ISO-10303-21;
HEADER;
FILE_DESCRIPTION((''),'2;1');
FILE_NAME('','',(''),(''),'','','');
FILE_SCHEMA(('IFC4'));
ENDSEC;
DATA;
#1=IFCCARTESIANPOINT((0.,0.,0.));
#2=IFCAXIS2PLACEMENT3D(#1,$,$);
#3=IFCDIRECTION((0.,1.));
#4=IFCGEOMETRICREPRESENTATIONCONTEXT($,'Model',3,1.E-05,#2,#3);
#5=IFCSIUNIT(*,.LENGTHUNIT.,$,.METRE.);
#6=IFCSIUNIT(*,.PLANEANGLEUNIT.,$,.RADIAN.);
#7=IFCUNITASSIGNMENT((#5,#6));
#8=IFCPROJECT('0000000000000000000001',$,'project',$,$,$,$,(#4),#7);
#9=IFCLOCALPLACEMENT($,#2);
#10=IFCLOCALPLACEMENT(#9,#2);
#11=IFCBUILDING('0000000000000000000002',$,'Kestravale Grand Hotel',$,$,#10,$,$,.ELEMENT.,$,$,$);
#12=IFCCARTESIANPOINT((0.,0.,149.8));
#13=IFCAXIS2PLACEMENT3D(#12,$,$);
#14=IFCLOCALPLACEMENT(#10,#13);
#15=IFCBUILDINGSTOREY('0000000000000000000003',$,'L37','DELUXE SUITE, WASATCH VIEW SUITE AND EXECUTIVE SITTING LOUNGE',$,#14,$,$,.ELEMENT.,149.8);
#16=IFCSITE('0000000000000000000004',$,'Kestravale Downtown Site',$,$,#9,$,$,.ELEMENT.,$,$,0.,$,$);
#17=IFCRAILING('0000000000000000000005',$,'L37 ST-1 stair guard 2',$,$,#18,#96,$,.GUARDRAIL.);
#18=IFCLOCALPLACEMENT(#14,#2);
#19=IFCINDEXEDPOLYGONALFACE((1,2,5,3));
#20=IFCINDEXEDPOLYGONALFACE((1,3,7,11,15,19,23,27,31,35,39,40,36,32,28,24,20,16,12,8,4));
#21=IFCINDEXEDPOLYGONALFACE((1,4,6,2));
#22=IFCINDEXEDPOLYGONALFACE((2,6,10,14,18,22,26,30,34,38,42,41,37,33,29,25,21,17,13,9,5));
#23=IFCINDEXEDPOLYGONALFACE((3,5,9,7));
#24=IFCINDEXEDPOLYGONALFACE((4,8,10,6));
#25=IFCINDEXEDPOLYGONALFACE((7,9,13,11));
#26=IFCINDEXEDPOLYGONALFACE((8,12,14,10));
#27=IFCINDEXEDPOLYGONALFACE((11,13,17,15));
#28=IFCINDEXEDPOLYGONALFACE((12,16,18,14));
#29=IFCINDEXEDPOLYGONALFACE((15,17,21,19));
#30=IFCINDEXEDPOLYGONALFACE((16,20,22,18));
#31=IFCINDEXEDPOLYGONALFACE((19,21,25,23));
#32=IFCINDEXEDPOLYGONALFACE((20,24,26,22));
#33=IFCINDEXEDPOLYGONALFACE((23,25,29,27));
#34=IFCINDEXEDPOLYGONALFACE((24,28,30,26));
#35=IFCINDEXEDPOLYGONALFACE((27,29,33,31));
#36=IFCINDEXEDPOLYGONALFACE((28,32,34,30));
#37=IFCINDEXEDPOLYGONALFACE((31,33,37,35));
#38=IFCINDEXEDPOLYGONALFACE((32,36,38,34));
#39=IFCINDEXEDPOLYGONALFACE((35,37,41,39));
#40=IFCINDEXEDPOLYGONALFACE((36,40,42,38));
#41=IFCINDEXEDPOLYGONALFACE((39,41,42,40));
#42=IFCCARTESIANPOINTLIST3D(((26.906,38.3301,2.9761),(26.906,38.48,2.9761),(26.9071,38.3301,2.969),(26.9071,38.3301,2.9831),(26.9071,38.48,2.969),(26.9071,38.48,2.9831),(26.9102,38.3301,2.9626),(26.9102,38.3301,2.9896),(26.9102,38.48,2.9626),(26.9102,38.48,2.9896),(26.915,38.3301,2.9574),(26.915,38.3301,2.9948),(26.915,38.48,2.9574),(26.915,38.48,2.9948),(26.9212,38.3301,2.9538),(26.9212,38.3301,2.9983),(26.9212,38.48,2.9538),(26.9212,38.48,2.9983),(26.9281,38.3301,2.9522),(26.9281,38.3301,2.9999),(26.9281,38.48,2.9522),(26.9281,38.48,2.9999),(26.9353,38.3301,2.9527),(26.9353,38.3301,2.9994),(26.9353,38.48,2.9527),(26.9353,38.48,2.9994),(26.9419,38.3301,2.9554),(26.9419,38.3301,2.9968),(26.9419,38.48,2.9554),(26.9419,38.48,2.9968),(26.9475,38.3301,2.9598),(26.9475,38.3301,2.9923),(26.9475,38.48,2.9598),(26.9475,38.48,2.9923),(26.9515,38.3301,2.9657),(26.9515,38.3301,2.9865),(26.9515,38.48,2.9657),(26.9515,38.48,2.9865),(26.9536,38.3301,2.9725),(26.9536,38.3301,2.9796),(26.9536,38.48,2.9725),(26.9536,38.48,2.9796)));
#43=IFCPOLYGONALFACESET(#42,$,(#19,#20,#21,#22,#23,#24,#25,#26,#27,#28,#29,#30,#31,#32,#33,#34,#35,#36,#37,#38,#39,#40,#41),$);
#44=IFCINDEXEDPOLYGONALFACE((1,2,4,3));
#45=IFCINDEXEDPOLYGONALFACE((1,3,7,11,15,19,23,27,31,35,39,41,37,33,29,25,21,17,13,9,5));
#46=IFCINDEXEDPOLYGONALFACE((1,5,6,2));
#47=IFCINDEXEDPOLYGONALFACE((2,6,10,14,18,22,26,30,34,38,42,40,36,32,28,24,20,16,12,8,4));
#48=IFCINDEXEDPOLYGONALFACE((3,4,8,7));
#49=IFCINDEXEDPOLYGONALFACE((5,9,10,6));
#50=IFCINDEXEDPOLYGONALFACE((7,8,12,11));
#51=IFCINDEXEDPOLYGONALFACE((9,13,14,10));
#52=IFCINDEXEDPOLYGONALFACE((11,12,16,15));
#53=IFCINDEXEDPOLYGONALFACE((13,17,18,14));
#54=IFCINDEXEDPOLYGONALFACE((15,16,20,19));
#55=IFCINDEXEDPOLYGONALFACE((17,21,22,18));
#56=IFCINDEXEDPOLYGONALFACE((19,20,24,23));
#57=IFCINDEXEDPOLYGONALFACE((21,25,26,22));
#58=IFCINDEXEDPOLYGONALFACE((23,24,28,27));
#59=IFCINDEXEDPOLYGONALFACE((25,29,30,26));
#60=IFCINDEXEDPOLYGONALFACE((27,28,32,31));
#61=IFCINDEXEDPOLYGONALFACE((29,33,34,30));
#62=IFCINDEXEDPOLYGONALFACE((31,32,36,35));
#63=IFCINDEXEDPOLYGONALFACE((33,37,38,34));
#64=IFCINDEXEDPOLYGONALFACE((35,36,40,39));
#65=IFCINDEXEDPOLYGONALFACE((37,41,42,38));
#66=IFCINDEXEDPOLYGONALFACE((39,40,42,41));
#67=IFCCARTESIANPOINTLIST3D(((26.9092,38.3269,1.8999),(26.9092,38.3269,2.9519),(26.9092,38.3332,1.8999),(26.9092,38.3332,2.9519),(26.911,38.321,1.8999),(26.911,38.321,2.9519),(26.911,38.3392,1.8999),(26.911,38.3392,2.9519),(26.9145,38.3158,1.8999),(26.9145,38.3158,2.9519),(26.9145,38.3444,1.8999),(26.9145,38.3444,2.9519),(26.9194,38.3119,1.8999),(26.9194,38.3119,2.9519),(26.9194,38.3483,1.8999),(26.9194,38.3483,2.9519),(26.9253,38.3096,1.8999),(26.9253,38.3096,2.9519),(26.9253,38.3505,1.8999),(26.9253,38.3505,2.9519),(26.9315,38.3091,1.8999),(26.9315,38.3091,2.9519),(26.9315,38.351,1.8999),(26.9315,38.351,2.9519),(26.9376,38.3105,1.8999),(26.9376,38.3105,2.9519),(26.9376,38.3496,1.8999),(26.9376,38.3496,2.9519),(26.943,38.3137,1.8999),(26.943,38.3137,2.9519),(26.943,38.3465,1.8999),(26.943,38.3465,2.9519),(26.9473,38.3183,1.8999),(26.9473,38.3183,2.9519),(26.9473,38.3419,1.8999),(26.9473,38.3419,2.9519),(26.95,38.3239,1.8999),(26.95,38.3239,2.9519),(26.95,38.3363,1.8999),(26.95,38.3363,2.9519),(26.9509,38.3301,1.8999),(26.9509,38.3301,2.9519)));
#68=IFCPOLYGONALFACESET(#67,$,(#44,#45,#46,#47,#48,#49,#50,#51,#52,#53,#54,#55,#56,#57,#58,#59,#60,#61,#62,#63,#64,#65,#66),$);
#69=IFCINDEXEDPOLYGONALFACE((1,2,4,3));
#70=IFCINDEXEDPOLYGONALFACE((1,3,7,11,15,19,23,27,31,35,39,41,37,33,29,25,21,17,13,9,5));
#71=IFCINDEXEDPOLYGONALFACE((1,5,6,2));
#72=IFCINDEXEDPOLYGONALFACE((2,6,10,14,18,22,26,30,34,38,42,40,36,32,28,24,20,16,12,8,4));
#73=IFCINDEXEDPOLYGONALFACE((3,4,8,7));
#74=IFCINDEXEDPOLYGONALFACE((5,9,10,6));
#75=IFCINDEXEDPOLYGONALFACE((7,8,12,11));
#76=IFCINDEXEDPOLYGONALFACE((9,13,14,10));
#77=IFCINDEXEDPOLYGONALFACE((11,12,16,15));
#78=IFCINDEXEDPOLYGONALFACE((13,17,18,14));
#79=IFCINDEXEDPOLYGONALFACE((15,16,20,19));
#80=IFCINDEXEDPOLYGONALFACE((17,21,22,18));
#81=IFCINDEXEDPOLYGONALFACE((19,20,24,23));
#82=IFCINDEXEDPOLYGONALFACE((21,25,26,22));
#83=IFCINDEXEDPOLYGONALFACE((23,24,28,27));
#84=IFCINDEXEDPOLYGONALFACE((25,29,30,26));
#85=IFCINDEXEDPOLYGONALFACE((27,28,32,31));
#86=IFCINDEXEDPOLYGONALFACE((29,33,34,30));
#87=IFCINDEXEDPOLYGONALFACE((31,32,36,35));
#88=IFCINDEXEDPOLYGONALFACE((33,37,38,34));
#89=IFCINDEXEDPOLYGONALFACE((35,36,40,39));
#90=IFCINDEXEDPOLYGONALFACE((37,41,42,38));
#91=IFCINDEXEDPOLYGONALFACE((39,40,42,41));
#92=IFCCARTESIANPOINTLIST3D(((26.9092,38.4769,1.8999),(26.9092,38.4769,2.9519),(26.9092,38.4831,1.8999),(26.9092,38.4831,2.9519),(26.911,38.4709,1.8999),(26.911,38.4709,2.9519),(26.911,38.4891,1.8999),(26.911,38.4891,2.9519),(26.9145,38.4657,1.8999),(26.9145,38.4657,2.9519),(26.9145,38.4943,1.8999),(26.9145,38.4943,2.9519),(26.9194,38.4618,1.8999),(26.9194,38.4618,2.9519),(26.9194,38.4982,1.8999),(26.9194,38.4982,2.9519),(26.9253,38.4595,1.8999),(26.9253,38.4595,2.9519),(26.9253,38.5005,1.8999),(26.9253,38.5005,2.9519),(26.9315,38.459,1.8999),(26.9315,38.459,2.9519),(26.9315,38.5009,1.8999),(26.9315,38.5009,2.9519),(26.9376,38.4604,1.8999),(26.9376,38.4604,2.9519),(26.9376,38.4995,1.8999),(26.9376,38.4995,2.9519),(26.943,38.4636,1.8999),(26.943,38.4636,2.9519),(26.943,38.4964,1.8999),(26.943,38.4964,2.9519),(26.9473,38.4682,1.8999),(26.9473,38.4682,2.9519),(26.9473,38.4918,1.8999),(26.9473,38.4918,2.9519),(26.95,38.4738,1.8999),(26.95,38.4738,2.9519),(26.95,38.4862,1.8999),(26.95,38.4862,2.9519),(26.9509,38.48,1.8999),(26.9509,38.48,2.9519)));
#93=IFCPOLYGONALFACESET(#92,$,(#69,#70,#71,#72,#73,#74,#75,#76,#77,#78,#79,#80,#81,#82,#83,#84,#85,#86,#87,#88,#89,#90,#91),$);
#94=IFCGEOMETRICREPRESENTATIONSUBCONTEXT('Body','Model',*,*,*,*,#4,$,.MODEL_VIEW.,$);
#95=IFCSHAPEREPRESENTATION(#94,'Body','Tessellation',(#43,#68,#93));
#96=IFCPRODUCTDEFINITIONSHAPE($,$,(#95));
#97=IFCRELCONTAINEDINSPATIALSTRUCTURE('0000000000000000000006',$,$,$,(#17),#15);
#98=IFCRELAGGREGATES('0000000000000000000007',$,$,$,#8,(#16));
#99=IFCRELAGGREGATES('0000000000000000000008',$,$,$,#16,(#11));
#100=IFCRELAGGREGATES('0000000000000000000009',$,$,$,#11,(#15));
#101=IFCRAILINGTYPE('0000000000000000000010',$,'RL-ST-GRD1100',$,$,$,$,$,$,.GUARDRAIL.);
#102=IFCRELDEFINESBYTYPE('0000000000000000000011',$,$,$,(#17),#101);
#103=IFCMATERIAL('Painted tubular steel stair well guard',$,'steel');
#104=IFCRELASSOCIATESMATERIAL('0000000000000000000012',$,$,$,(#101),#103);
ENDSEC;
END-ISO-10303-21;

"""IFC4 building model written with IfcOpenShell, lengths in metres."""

from ifc_helpers import new_model, si_unit, direction, frame, origin, origin_2d, place, context, subcontext, project, spatial, circle, extrude, material, type_object, element, save


model = new_model("IFC4")

# Units and contexts
model_context = context("Model", 3, precision=1e-05, world=origin(), true_north=direction((0.0, 1.0)))
body_context = subcontext(model_context, "Body", "Model", "MODEL_VIEW")
ifc_project = project(units=[si_unit("LENGTHUNIT", "METRE"), si_unit("PLANEANGLEUNIT", "RADIAN")], contexts=[model_context])

# Site, building, storey
site_placement = place(None, origin())
site = spatial("IfcSite", under=ifc_project, at=site_placement, Name="Kestravale Downtown Site", CompositionType="ELEMENT", RefElevation=0.0)
building_placement = place(site_placement, origin())
building = spatial("IfcBuilding", under=site, at=building_placement, Name="Kestravale Grand Hotel", CompositionType="ELEMENT")
storey_placement = place(building_placement, frame((0.0, 0.0, 149.8)))
storey = spatial("IfcBuildingStorey", under=building, at=storey_placement, Name="L37", Description="DELUXE SUITE, WASATCH VIEW SUITE AND EXECUTIVE SITTING LOUNGE", CompositionType="ELEMENT", Elevation=149.8)

# Railing
ifc_material_1 = material(Name="Painted tubular steel stair well guard", Category="steel")
railing_type_1 = type_object("IfcRailingType", Name="RL-ST-GRD1100", PredefinedType="GUARDRAIL", material=ifc_material_1)
railing_1_placement = place(storey_placement, frame((26.9299, 38.3301, 1.8999)))
element("IfcRailing", 1, at=railing_1_placement, inside=storey, type_object=railing_type_1, Name="L37 ST-1 stair guard 2", PredefinedType="GUARDRAIL", context=body_context, shape_type="SweptSolid", body=[
    extrude(circle(Radius=0.0239, at=origin_2d()), frame((0.0, 0.0, 1.0762), z_axis=(0.0, 1.0, 0.0), x_axis=(-1.0, 0.0, 0.0)), (0.0, 0.0, 1.0), 0.1499),
    extrude(circle(Radius=0.021, at=origin_2d()), origin(), (0.0, 0.0, 1.0), 1.052),
    extrude(circle(Radius=0.021, at=origin_2d()), frame((0.0, 0.1499, 0.0)), (0.0, 0.0, 1.0), 1.052),
])

save(model, "model.ifc")
